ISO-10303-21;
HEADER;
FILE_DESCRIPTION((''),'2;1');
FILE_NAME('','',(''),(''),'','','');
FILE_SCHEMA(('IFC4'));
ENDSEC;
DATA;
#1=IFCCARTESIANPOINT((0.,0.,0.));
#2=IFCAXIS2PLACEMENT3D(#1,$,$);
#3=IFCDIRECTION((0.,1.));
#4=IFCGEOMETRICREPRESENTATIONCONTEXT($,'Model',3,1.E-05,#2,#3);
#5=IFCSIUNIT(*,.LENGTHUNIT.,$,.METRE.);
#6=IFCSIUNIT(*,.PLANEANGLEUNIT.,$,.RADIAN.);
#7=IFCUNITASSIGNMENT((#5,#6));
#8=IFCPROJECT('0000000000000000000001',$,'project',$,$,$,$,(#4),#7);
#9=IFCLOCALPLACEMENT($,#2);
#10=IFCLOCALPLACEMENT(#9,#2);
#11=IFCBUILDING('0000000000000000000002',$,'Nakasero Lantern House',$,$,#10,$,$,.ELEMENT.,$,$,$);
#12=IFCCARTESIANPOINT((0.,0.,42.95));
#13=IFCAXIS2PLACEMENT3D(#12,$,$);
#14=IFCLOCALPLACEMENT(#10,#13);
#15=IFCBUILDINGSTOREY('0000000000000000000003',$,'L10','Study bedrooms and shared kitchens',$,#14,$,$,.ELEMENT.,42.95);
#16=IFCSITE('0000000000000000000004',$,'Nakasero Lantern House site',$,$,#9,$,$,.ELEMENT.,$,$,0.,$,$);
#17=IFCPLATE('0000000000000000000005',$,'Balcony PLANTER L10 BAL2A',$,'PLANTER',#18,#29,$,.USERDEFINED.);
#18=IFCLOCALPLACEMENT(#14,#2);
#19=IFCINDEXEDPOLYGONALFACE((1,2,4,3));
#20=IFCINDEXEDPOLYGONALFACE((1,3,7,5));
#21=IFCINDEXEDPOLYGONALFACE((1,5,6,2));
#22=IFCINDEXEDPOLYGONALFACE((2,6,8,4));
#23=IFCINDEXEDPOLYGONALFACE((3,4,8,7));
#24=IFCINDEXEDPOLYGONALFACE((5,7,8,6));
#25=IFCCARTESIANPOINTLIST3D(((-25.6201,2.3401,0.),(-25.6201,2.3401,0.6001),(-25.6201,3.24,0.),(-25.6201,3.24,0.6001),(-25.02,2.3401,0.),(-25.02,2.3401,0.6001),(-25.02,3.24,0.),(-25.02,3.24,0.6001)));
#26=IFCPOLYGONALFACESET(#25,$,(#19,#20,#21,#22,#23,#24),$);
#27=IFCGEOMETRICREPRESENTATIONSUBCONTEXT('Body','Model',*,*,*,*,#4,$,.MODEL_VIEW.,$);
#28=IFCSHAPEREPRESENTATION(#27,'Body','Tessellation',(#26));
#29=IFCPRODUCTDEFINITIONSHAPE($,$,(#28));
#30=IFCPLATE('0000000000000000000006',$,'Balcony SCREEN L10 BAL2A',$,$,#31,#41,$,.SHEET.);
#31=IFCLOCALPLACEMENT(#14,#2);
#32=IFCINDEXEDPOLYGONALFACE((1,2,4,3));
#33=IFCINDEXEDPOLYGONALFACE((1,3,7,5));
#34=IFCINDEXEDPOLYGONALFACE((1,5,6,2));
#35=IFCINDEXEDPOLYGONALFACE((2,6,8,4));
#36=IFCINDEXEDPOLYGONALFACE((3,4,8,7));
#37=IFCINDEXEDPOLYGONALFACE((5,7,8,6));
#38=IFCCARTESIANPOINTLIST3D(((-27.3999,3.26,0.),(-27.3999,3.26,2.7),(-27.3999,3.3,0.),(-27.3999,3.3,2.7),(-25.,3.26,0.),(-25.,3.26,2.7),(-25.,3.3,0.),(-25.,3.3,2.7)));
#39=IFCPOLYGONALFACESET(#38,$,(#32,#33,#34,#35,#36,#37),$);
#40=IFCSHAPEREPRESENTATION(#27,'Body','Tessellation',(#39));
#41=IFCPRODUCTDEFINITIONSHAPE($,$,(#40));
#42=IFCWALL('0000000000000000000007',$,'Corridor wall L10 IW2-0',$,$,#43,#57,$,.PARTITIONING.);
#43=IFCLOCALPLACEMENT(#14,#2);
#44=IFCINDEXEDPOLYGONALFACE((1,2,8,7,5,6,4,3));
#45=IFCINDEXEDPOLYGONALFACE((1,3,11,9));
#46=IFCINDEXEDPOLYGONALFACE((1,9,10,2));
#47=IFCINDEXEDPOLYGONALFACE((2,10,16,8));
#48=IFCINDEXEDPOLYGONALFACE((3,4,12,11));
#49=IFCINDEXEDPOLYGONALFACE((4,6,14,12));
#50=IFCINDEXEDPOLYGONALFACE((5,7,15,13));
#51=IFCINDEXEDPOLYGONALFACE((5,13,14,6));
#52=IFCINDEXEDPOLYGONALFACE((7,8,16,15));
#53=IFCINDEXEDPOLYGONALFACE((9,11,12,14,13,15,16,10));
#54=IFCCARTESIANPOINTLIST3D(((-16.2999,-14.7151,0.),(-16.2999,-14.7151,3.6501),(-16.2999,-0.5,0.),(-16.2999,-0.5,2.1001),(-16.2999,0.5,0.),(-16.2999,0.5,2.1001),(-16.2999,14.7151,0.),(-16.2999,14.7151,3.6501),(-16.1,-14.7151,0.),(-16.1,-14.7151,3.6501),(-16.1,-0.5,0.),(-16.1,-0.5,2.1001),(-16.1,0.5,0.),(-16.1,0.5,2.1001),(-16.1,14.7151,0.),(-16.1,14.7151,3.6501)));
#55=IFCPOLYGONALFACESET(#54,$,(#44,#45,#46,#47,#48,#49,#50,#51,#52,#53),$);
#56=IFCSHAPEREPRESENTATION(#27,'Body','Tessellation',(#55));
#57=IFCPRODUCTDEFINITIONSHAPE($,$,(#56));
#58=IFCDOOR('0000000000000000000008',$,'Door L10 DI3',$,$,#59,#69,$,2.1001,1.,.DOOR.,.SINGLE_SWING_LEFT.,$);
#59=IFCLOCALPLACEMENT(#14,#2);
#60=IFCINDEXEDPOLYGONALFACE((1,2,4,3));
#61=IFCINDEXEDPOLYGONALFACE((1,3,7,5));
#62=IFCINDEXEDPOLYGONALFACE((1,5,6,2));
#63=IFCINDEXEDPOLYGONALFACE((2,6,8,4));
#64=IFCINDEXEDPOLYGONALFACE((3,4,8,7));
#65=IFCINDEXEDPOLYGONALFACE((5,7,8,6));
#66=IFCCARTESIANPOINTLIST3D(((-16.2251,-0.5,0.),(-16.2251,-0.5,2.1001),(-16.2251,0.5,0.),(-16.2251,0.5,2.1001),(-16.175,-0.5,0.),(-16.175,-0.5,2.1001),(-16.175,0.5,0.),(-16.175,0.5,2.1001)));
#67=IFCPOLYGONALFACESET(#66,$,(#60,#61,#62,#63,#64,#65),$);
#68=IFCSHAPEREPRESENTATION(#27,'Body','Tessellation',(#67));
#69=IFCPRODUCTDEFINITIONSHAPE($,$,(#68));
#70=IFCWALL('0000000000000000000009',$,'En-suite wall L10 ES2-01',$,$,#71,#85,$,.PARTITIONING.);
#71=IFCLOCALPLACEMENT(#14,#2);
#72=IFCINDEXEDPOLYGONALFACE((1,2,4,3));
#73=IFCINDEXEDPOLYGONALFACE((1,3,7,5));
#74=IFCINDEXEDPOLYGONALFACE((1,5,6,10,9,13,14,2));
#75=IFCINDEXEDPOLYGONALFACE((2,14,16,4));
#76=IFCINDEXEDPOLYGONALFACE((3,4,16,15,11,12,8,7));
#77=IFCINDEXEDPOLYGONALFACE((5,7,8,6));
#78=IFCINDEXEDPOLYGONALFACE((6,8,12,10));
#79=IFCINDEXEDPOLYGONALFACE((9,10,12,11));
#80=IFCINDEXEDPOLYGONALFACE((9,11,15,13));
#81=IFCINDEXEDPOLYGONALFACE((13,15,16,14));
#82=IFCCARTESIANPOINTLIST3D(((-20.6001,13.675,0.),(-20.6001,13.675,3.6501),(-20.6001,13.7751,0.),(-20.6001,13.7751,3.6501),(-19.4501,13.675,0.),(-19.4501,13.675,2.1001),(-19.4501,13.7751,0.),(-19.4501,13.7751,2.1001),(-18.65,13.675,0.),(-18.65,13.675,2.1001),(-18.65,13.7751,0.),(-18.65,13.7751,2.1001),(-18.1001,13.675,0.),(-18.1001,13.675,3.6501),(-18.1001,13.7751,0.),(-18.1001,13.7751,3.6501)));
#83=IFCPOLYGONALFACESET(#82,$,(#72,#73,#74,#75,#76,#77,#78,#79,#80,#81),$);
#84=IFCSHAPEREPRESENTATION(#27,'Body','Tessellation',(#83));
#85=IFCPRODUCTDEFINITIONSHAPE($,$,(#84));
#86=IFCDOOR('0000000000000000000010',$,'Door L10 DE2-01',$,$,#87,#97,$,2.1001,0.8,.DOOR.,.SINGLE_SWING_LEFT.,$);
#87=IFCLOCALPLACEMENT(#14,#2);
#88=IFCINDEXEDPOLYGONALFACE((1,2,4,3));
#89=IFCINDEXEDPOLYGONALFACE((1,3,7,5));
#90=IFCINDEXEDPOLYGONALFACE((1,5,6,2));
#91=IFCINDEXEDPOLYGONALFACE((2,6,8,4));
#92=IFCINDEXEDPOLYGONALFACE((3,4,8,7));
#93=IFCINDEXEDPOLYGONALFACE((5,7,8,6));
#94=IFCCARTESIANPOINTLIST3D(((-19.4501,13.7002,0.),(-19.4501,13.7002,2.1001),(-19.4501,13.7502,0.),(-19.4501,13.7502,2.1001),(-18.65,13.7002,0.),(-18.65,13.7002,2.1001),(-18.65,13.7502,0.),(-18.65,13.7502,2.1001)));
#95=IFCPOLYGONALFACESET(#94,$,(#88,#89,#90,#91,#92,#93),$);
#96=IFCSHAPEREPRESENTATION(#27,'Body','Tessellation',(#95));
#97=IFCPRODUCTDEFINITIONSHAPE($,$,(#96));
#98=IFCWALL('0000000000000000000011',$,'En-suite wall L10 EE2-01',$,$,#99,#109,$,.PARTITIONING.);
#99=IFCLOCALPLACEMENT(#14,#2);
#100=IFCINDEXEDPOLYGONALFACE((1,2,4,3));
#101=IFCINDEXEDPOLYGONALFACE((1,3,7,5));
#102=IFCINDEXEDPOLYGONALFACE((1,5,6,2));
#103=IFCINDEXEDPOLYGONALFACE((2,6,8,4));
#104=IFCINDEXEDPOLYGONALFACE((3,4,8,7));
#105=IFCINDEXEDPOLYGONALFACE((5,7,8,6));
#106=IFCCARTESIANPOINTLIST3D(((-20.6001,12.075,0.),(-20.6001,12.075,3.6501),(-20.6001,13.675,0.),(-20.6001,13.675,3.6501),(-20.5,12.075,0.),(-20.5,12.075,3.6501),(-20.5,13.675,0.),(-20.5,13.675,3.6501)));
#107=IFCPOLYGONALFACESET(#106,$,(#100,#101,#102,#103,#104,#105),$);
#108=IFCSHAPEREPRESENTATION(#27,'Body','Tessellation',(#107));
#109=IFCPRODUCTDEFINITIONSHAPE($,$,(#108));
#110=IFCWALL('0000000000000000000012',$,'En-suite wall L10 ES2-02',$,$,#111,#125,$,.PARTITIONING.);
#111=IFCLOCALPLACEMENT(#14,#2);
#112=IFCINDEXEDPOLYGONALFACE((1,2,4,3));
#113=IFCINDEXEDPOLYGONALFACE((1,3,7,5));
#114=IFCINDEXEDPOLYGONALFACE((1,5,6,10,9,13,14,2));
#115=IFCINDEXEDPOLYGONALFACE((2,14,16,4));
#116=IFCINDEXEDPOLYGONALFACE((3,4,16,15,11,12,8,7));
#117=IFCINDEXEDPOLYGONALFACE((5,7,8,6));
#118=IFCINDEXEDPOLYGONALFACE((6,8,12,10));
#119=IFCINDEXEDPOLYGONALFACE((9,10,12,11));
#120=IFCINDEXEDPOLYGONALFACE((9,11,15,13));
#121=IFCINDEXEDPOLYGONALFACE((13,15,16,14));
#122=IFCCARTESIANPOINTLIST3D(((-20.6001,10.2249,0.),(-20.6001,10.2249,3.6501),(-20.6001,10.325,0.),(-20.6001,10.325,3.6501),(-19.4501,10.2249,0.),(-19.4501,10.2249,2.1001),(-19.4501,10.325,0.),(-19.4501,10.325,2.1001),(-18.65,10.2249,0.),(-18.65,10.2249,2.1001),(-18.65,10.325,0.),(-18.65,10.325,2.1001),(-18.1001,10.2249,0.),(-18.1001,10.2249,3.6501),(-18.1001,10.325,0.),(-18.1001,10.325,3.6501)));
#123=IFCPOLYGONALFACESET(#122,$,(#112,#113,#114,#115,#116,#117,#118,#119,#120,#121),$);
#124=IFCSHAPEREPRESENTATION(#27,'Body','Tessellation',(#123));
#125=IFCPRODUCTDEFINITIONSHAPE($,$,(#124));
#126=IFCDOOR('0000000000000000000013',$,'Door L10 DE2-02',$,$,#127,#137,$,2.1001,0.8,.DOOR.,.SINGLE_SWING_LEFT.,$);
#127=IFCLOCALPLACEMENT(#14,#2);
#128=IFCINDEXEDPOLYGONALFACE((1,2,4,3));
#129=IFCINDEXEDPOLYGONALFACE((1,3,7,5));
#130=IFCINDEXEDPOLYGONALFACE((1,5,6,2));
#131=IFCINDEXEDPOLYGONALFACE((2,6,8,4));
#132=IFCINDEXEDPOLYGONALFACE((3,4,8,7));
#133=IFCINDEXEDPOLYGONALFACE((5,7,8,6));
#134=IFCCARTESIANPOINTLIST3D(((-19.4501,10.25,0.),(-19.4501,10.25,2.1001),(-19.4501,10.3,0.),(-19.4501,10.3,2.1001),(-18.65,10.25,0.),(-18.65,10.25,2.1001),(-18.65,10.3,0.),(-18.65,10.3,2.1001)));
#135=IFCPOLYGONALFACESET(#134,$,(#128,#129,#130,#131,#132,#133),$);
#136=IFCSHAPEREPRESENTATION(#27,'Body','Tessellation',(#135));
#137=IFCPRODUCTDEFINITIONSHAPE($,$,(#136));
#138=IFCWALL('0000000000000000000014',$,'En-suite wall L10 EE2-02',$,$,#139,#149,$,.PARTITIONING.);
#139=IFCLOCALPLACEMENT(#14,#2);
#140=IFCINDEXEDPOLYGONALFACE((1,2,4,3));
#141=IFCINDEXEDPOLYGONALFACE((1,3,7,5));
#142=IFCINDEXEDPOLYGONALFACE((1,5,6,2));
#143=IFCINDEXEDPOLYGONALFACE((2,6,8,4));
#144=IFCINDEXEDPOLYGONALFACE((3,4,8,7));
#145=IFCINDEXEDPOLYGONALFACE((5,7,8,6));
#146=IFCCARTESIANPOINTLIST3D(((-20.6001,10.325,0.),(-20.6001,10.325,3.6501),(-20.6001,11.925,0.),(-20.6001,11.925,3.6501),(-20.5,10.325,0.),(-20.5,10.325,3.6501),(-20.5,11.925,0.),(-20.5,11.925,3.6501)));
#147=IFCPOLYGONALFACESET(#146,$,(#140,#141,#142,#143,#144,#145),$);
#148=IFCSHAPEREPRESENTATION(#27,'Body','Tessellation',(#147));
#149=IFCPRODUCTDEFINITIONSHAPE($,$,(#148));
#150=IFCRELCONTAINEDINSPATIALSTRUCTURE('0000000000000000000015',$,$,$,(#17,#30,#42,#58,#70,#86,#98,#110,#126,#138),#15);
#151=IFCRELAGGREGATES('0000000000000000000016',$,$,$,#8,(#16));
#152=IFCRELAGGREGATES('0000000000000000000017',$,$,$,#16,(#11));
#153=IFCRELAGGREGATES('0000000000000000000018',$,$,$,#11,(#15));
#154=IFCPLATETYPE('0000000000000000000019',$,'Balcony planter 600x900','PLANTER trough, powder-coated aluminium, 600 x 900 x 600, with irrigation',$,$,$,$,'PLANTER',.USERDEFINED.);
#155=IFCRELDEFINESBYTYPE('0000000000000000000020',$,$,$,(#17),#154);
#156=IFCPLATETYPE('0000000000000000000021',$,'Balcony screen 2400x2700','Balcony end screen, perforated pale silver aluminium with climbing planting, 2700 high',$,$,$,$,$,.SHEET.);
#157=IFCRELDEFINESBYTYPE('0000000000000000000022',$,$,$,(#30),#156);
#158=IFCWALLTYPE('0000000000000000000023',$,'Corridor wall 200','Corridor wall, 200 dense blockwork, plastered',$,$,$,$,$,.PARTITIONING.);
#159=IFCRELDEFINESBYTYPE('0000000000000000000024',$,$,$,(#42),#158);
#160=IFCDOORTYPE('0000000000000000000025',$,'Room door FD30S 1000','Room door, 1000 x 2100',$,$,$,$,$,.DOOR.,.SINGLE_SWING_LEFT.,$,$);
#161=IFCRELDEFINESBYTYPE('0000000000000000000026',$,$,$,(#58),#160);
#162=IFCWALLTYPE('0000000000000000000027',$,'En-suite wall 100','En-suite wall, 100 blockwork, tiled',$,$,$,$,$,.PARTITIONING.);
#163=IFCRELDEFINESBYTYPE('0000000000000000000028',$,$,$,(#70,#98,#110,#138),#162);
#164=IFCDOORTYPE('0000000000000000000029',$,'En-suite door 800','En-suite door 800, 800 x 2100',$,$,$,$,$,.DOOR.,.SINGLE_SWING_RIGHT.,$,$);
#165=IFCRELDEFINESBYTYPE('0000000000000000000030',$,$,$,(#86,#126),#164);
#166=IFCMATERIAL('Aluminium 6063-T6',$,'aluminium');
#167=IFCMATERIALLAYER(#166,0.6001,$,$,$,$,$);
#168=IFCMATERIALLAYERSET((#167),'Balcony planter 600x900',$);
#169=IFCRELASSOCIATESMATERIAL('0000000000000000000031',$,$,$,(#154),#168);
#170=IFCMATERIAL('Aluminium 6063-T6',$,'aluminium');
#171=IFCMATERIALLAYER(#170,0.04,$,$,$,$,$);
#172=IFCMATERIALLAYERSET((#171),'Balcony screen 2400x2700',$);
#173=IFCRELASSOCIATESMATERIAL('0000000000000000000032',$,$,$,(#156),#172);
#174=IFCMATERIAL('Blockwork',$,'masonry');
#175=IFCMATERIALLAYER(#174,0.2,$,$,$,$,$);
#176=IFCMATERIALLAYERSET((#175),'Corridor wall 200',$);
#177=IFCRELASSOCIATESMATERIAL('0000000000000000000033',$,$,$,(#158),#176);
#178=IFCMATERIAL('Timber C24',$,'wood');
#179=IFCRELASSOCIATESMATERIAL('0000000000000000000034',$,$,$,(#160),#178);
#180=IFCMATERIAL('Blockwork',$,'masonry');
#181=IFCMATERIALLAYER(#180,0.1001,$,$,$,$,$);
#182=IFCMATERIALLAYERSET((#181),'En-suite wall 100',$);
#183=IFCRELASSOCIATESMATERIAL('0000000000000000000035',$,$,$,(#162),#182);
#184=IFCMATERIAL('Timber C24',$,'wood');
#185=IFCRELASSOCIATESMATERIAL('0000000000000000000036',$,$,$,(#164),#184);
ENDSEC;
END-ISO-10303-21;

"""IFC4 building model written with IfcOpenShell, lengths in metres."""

from ifc_helpers import new_model, si_unit, direction, frame, frame_2d, origin, origin_2d, place, context, subcontext, project, spatial, rectangle, extrude, material, layer, layer_set, type_object, element, fill, save


model = new_model("IFC4")

# Units and contexts
model_context = context("Model", 3, precision=1e-05, world=origin(), true_north=direction((0.0, 1.0)))
body_context = subcontext(model_context, "Body", "Model", "MODEL_VIEW")
ifc_project = project(units=[si_unit("LENGTHUNIT", "METRE"), si_unit("PLANEANGLEUNIT", "RADIAN")], contexts=[model_context])

# Site, building, storey
site_placement = place(None, origin())
site = spatial("IfcSite", under=ifc_project, at=site_placement, Name="Nakasero Lantern House site", CompositionType="ELEMENT", RefElevation=0.0)
building_placement = place(site_placement, origin())
building = spatial("IfcBuilding", under=site, at=building_placement, Name="Nakasero Lantern House", CompositionType="ELEMENT")
storey_placement = place(building_placement, frame((0.0, 0.0, 42.95)))
storey = spatial("IfcBuildingStorey", under=building, at=storey_placement, Name="L10", Description="Study bedrooms and shared kitchens", CompositionType="ELEMENT", Elevation=42.95)

# Plates
ifc_material_1 = material(Name="Aluminium 6063-T6", Category="aluminium")
ifc_layer_1 = layer(ifc_material_1, 0.6001)
ifc_layer_set_1 = layer_set([ifc_layer_1], Name="Balcony planter 600x900")
plate_type_1 = type_object("IfcPlateType", Name="Balcony planter 600x900", Description="PLANTER trough, powder-coated aluminium, 600 x 900 x 600, with irrigation", ElementType="PLANTER", PredefinedType="USERDEFINED", material=ifc_layer_set_1)
plate_1_placement = place(storey_placement, frame((-25.3201, 2.79, 0.0), z_axis=(0.0, 0.0, 1.0), x_axis=(-1.0, 0.0, 0.0)))
element("IfcPlate", 1, at=plate_1_placement, inside=storey, type_object=plate_type_1, Name="Balcony PLANTER L10 BAL2A", ObjectType="PLANTER", PredefinedType="USERDEFINED", context=body_context, shape_type="SweptSolid", body=[
    extrude(rectangle(XDim=0.6001, YDim=0.8999, at=origin_2d()), origin(), (0.0, 0.0, 1.0), 0.6001),
])
ifc_material_2 = material(Name="Aluminium 6063-T6", Category="aluminium")
ifc_layer_2 = layer(ifc_material_2, 0.04)
ifc_layer_set_2 = layer_set([ifc_layer_2], Name="Balcony screen 2400x2700")
plate_type_2 = type_object("IfcPlateType", Name="Balcony screen 2400x2700", Description="Balcony end screen, perforated pale silver aluminium with climbing planting, 2700 high", PredefinedType="SHEET", material=ifc_layer_set_2)
plate_2_placement = place(storey_placement, frame((-26.2, 3.28, 0.0), z_axis=(0.0, 0.0, 1.0), x_axis=(-1.0, 0.0, 0.0)))
element("IfcPlate", 2, at=plate_2_placement, inside=storey, type_object=plate_type_2, Name="Balcony SCREEN L10 BAL2A", PredefinedType="SHEET", context=body_context, shape_type="SweptSolid", body=[
    extrude(rectangle(XDim=2.3999, YDim=0.04, at=origin_2d()), origin(), (0.0, 0.0, 1.0), 2.7),
])

# Walls, openings, doors
ifc_material_3 = material(Name="Blockwork", Category="masonry")
ifc_layer_3 = layer(ifc_material_3, 0.2)
ifc_layer_set_3 = layer_set([ifc_layer_3], Name="Corridor wall 200")
wall_type_1 = type_object("IfcWallType", Name="Corridor wall 200", Description="Corridor wall, 200 dense blockwork, plastered", PredefinedType="PARTITIONING", material=ifc_layer_set_3)
wall_1_placement = place(storey_placement, frame((-16.2, 14.7151, 0.0), z_axis=(0.0, 0.0, 1.0), x_axis=(0.0, -1.0, 0.0)))
wall_1 = element("IfcWall", 3, at=wall_1_placement, inside=storey, type_object=wall_type_1, Name="Corridor wall L10 IW2-0", PredefinedType="PARTITIONING", context=body_context, shape_type="SweptSolid", body=[
    extrude(rectangle(XDim=29.4302, YDim=0.2, at=frame_2d((14.7151, 0.0))), origin(), (0.0, 0.0, 1.0), 3.6501),
])
opening_1_placement = place(wall_1_placement, frame((14.2151, 0.0, 0.0)))
opening_1 = element("IfcOpeningElement", 4, at=opening_1_placement, cuts=wall_1, PredefinedType="OPENING", context=body_context, shape_type="SweptSolid", body=[
    extrude(rectangle(XDim=1.0, YDim=2.1001, at=frame_2d((0.5, 1.05))), frame((0.0, 0.1199, 0.0), z_axis=(0.0, -1.0, 0.0), x_axis=(1.0, 0.0, 0.0)), (0.0, 0.0, 1.0), 0.24),
])
ifc_material_4 = material(Name="Timber C24", Category="wood")
door_type_1 = type_object("IfcDoorType", Name="Room door FD30S 1000", Description="Room door, 1000 x 2100", OperationType="SINGLE_SWING_LEFT", PredefinedType="DOOR", material=ifc_material_4)
door_1_placement = place(opening_1_placement, origin())
door_1 = element("IfcDoor", 5, at=door_1_placement, inside=storey, type_object=door_type_1, Name="Door L10 DI3", OperationType="SINGLE_SWING_LEFT", OverallHeight=2.1001, OverallWidth=1.0, PredefinedType="DOOR", context=body_context, shape_type="SweptSolid", body=[
    extrude(rectangle(XDim=1.0, YDim=2.1001, at=frame_2d((0.5, 1.05))), frame((0.0, 0.0249, 0.0), z_axis=(0.0, -1.0, 0.0), x_axis=(1.0, 0.0, 0.0)), (0.0, 0.0, 1.0), 0.05),
])
fill(opening_1, door_1)
ifc_material_5 = material(Name="Blockwork", Category="masonry")
ifc_layer_4 = layer(ifc_material_5, 0.1001)
ifc_layer_set_4 = layer_set([ifc_layer_4], Name="En-suite wall 100")
wall_type_2 = type_object("IfcWallType", Name="En-suite wall 100", Description="En-suite wall, 100 blockwork, tiled", PredefinedType="PARTITIONING", material=ifc_layer_set_4)
wall_2_placement = place(storey_placement, frame((-18.1001, 13.7251, 0.0), z_axis=(0.0, 0.0, 1.0), x_axis=(-1.0, 0.0, 0.0)))
wall_2 = element("IfcWall", 6, at=wall_2_placement, inside=storey, type_object=wall_type_2, Name="En-suite wall L10 ES2-01", PredefinedType="PARTITIONING", context=body_context, shape_type="SweptSolid", body=[
    extrude(rectangle(XDim=2.5, YDim=0.1001, at=frame_2d((1.25, 0.0))), origin(), (0.0, 0.0, 1.0), 3.6501),
])
opening_2_placement = place(wall_2_placement, frame((0.55, 0.0, 0.0)))
opening_2 = element("IfcOpeningElement", 7, at=opening_2_placement, cuts=wall_2, PredefinedType="OPENING", context=body_context, shape_type="SweptSolid", body=[
    extrude(rectangle(XDim=0.8, YDim=2.1001, at=frame_2d((0.3999, 1.05))), frame((0.0, 0.0701, 0.0), z_axis=(0.0, -1.0, 0.0), x_axis=(1.0, 0.0, 0.0)), (0.0, 0.0, 1.0), 0.1401),
])
ifc_material_6 = material(Name="Timber C24", Category="wood")
door_type_2 = type_object("IfcDoorType", Name="En-suite door 800", Description="En-suite door 800, 800 x 2100", OperationType="SINGLE_SWING_RIGHT", PredefinedType="DOOR", material=ifc_material_6)
door_2_placement = place(opening_2_placement, origin())
door_2 = element("IfcDoor", 8, at=door_2_placement, inside=storey, type_object=door_type_2, Name="Door L10 DE2-01", OperationType="SINGLE_SWING_LEFT", OverallHeight=2.1001, OverallWidth=0.8, PredefinedType="DOOR", context=body_context, shape_type="SweptSolid", body=[
    extrude(rectangle(XDim=0.8, YDim=2.1001, at=frame_2d((0.3999, 1.05))), frame((0.0, 0.0249, 0.0), z_axis=(0.0, -1.0, 0.0), x_axis=(1.0, 0.0, 0.0)), (0.0, 0.0, 1.0), 0.05),
])
fill(opening_2, door_2)

# Wall
wall_3_placement = place(storey_placement, frame((-20.55, 13.675, 0.0), z_axis=(0.0, 0.0, 1.0), x_axis=(0.0, -1.0, 0.0)))
element("IfcWall", 9, at=wall_3_placement, inside=storey, type_object=wall_type_2, Name="En-suite wall L10 EE2-01", PredefinedType="PARTITIONING", context=body_context, shape_type="SweptSolid", body=[
    extrude(rectangle(XDim=1.6001, YDim=0.1001, at=frame_2d((0.8, 0.0))), origin(), (0.0, 0.0, 1.0), 3.6501),
])

# Wall, opening, door
wall_4_placement = place(storey_placement, frame((-18.1001, 10.2749, 0.0), z_axis=(0.0, 0.0, 1.0), x_axis=(-1.0, 0.0, 0.0)))
wall_4 = element("IfcWall", 10, at=wall_4_placement, inside=storey, type_object=wall_type_2, Name="En-suite wall L10 ES2-02", PredefinedType="PARTITIONING", context=body_context, shape_type="SweptSolid", body=[
    extrude(rectangle(XDim=2.5, YDim=0.1001, at=frame_2d((1.25, 0.0))), origin(), (0.0, 0.0, 1.0), 3.6501),
])
opening_3_placement = place(wall_4_placement, frame((0.55, 0.0, 0.0)))
opening_3 = element("IfcOpeningElement", 11, at=opening_3_placement, cuts=wall_4, PredefinedType="OPENING", context=body_context, shape_type="SweptSolid", body=[
    extrude(rectangle(XDim=0.8, YDim=2.1001, at=frame_2d((0.3999, 1.05))), frame((0.0, 0.0701, 0.0), z_axis=(0.0, -1.0, 0.0), x_axis=(1.0, 0.0, 0.0)), (0.0, 0.0, 1.0), 0.1401),
])
door_3_placement = place(opening_3_placement, origin())
door_3 = element("IfcDoor", 12, at=door_3_placement, inside=storey, type_object=door_type_2, Name="Door L10 DE2-02", OperationType="SINGLE_SWING_LEFT", OverallHeight=2.1001, OverallWidth=0.8, PredefinedType="DOOR", context=body_context, shape_type="SweptSolid", body=[
    extrude(rectangle(XDim=0.8, YDim=2.1001, at=frame_2d((0.3999, 1.05))), frame((0.0, 0.0249, 0.0), z_axis=(0.0, -1.0, 0.0), x_axis=(1.0, 0.0, 0.0)), (0.0, 0.0, 1.0), 0.05),
])
fill(opening_3, door_3)

# Wall
wall_5_placement = place(storey_placement, frame((-20.55, 11.925, 0.0), z_axis=(0.0, 0.0, 1.0), x_axis=(0.0, -1.0, 0.0)))
element("IfcWall", 13, at=wall_5_placement, inside=storey, type_object=wall_type_2, Name="En-suite wall L10 EE2-02", PredefinedType="PARTITIONING", context=body_context, shape_type="SweptSolid", body=[
    extrude(rectangle(XDim=1.6001, YDim=0.1001, at=frame_2d((0.8, 0.0))), origin(), (0.0, 0.0, 1.0), 3.6501),
])

save(model, "model.ifc")
